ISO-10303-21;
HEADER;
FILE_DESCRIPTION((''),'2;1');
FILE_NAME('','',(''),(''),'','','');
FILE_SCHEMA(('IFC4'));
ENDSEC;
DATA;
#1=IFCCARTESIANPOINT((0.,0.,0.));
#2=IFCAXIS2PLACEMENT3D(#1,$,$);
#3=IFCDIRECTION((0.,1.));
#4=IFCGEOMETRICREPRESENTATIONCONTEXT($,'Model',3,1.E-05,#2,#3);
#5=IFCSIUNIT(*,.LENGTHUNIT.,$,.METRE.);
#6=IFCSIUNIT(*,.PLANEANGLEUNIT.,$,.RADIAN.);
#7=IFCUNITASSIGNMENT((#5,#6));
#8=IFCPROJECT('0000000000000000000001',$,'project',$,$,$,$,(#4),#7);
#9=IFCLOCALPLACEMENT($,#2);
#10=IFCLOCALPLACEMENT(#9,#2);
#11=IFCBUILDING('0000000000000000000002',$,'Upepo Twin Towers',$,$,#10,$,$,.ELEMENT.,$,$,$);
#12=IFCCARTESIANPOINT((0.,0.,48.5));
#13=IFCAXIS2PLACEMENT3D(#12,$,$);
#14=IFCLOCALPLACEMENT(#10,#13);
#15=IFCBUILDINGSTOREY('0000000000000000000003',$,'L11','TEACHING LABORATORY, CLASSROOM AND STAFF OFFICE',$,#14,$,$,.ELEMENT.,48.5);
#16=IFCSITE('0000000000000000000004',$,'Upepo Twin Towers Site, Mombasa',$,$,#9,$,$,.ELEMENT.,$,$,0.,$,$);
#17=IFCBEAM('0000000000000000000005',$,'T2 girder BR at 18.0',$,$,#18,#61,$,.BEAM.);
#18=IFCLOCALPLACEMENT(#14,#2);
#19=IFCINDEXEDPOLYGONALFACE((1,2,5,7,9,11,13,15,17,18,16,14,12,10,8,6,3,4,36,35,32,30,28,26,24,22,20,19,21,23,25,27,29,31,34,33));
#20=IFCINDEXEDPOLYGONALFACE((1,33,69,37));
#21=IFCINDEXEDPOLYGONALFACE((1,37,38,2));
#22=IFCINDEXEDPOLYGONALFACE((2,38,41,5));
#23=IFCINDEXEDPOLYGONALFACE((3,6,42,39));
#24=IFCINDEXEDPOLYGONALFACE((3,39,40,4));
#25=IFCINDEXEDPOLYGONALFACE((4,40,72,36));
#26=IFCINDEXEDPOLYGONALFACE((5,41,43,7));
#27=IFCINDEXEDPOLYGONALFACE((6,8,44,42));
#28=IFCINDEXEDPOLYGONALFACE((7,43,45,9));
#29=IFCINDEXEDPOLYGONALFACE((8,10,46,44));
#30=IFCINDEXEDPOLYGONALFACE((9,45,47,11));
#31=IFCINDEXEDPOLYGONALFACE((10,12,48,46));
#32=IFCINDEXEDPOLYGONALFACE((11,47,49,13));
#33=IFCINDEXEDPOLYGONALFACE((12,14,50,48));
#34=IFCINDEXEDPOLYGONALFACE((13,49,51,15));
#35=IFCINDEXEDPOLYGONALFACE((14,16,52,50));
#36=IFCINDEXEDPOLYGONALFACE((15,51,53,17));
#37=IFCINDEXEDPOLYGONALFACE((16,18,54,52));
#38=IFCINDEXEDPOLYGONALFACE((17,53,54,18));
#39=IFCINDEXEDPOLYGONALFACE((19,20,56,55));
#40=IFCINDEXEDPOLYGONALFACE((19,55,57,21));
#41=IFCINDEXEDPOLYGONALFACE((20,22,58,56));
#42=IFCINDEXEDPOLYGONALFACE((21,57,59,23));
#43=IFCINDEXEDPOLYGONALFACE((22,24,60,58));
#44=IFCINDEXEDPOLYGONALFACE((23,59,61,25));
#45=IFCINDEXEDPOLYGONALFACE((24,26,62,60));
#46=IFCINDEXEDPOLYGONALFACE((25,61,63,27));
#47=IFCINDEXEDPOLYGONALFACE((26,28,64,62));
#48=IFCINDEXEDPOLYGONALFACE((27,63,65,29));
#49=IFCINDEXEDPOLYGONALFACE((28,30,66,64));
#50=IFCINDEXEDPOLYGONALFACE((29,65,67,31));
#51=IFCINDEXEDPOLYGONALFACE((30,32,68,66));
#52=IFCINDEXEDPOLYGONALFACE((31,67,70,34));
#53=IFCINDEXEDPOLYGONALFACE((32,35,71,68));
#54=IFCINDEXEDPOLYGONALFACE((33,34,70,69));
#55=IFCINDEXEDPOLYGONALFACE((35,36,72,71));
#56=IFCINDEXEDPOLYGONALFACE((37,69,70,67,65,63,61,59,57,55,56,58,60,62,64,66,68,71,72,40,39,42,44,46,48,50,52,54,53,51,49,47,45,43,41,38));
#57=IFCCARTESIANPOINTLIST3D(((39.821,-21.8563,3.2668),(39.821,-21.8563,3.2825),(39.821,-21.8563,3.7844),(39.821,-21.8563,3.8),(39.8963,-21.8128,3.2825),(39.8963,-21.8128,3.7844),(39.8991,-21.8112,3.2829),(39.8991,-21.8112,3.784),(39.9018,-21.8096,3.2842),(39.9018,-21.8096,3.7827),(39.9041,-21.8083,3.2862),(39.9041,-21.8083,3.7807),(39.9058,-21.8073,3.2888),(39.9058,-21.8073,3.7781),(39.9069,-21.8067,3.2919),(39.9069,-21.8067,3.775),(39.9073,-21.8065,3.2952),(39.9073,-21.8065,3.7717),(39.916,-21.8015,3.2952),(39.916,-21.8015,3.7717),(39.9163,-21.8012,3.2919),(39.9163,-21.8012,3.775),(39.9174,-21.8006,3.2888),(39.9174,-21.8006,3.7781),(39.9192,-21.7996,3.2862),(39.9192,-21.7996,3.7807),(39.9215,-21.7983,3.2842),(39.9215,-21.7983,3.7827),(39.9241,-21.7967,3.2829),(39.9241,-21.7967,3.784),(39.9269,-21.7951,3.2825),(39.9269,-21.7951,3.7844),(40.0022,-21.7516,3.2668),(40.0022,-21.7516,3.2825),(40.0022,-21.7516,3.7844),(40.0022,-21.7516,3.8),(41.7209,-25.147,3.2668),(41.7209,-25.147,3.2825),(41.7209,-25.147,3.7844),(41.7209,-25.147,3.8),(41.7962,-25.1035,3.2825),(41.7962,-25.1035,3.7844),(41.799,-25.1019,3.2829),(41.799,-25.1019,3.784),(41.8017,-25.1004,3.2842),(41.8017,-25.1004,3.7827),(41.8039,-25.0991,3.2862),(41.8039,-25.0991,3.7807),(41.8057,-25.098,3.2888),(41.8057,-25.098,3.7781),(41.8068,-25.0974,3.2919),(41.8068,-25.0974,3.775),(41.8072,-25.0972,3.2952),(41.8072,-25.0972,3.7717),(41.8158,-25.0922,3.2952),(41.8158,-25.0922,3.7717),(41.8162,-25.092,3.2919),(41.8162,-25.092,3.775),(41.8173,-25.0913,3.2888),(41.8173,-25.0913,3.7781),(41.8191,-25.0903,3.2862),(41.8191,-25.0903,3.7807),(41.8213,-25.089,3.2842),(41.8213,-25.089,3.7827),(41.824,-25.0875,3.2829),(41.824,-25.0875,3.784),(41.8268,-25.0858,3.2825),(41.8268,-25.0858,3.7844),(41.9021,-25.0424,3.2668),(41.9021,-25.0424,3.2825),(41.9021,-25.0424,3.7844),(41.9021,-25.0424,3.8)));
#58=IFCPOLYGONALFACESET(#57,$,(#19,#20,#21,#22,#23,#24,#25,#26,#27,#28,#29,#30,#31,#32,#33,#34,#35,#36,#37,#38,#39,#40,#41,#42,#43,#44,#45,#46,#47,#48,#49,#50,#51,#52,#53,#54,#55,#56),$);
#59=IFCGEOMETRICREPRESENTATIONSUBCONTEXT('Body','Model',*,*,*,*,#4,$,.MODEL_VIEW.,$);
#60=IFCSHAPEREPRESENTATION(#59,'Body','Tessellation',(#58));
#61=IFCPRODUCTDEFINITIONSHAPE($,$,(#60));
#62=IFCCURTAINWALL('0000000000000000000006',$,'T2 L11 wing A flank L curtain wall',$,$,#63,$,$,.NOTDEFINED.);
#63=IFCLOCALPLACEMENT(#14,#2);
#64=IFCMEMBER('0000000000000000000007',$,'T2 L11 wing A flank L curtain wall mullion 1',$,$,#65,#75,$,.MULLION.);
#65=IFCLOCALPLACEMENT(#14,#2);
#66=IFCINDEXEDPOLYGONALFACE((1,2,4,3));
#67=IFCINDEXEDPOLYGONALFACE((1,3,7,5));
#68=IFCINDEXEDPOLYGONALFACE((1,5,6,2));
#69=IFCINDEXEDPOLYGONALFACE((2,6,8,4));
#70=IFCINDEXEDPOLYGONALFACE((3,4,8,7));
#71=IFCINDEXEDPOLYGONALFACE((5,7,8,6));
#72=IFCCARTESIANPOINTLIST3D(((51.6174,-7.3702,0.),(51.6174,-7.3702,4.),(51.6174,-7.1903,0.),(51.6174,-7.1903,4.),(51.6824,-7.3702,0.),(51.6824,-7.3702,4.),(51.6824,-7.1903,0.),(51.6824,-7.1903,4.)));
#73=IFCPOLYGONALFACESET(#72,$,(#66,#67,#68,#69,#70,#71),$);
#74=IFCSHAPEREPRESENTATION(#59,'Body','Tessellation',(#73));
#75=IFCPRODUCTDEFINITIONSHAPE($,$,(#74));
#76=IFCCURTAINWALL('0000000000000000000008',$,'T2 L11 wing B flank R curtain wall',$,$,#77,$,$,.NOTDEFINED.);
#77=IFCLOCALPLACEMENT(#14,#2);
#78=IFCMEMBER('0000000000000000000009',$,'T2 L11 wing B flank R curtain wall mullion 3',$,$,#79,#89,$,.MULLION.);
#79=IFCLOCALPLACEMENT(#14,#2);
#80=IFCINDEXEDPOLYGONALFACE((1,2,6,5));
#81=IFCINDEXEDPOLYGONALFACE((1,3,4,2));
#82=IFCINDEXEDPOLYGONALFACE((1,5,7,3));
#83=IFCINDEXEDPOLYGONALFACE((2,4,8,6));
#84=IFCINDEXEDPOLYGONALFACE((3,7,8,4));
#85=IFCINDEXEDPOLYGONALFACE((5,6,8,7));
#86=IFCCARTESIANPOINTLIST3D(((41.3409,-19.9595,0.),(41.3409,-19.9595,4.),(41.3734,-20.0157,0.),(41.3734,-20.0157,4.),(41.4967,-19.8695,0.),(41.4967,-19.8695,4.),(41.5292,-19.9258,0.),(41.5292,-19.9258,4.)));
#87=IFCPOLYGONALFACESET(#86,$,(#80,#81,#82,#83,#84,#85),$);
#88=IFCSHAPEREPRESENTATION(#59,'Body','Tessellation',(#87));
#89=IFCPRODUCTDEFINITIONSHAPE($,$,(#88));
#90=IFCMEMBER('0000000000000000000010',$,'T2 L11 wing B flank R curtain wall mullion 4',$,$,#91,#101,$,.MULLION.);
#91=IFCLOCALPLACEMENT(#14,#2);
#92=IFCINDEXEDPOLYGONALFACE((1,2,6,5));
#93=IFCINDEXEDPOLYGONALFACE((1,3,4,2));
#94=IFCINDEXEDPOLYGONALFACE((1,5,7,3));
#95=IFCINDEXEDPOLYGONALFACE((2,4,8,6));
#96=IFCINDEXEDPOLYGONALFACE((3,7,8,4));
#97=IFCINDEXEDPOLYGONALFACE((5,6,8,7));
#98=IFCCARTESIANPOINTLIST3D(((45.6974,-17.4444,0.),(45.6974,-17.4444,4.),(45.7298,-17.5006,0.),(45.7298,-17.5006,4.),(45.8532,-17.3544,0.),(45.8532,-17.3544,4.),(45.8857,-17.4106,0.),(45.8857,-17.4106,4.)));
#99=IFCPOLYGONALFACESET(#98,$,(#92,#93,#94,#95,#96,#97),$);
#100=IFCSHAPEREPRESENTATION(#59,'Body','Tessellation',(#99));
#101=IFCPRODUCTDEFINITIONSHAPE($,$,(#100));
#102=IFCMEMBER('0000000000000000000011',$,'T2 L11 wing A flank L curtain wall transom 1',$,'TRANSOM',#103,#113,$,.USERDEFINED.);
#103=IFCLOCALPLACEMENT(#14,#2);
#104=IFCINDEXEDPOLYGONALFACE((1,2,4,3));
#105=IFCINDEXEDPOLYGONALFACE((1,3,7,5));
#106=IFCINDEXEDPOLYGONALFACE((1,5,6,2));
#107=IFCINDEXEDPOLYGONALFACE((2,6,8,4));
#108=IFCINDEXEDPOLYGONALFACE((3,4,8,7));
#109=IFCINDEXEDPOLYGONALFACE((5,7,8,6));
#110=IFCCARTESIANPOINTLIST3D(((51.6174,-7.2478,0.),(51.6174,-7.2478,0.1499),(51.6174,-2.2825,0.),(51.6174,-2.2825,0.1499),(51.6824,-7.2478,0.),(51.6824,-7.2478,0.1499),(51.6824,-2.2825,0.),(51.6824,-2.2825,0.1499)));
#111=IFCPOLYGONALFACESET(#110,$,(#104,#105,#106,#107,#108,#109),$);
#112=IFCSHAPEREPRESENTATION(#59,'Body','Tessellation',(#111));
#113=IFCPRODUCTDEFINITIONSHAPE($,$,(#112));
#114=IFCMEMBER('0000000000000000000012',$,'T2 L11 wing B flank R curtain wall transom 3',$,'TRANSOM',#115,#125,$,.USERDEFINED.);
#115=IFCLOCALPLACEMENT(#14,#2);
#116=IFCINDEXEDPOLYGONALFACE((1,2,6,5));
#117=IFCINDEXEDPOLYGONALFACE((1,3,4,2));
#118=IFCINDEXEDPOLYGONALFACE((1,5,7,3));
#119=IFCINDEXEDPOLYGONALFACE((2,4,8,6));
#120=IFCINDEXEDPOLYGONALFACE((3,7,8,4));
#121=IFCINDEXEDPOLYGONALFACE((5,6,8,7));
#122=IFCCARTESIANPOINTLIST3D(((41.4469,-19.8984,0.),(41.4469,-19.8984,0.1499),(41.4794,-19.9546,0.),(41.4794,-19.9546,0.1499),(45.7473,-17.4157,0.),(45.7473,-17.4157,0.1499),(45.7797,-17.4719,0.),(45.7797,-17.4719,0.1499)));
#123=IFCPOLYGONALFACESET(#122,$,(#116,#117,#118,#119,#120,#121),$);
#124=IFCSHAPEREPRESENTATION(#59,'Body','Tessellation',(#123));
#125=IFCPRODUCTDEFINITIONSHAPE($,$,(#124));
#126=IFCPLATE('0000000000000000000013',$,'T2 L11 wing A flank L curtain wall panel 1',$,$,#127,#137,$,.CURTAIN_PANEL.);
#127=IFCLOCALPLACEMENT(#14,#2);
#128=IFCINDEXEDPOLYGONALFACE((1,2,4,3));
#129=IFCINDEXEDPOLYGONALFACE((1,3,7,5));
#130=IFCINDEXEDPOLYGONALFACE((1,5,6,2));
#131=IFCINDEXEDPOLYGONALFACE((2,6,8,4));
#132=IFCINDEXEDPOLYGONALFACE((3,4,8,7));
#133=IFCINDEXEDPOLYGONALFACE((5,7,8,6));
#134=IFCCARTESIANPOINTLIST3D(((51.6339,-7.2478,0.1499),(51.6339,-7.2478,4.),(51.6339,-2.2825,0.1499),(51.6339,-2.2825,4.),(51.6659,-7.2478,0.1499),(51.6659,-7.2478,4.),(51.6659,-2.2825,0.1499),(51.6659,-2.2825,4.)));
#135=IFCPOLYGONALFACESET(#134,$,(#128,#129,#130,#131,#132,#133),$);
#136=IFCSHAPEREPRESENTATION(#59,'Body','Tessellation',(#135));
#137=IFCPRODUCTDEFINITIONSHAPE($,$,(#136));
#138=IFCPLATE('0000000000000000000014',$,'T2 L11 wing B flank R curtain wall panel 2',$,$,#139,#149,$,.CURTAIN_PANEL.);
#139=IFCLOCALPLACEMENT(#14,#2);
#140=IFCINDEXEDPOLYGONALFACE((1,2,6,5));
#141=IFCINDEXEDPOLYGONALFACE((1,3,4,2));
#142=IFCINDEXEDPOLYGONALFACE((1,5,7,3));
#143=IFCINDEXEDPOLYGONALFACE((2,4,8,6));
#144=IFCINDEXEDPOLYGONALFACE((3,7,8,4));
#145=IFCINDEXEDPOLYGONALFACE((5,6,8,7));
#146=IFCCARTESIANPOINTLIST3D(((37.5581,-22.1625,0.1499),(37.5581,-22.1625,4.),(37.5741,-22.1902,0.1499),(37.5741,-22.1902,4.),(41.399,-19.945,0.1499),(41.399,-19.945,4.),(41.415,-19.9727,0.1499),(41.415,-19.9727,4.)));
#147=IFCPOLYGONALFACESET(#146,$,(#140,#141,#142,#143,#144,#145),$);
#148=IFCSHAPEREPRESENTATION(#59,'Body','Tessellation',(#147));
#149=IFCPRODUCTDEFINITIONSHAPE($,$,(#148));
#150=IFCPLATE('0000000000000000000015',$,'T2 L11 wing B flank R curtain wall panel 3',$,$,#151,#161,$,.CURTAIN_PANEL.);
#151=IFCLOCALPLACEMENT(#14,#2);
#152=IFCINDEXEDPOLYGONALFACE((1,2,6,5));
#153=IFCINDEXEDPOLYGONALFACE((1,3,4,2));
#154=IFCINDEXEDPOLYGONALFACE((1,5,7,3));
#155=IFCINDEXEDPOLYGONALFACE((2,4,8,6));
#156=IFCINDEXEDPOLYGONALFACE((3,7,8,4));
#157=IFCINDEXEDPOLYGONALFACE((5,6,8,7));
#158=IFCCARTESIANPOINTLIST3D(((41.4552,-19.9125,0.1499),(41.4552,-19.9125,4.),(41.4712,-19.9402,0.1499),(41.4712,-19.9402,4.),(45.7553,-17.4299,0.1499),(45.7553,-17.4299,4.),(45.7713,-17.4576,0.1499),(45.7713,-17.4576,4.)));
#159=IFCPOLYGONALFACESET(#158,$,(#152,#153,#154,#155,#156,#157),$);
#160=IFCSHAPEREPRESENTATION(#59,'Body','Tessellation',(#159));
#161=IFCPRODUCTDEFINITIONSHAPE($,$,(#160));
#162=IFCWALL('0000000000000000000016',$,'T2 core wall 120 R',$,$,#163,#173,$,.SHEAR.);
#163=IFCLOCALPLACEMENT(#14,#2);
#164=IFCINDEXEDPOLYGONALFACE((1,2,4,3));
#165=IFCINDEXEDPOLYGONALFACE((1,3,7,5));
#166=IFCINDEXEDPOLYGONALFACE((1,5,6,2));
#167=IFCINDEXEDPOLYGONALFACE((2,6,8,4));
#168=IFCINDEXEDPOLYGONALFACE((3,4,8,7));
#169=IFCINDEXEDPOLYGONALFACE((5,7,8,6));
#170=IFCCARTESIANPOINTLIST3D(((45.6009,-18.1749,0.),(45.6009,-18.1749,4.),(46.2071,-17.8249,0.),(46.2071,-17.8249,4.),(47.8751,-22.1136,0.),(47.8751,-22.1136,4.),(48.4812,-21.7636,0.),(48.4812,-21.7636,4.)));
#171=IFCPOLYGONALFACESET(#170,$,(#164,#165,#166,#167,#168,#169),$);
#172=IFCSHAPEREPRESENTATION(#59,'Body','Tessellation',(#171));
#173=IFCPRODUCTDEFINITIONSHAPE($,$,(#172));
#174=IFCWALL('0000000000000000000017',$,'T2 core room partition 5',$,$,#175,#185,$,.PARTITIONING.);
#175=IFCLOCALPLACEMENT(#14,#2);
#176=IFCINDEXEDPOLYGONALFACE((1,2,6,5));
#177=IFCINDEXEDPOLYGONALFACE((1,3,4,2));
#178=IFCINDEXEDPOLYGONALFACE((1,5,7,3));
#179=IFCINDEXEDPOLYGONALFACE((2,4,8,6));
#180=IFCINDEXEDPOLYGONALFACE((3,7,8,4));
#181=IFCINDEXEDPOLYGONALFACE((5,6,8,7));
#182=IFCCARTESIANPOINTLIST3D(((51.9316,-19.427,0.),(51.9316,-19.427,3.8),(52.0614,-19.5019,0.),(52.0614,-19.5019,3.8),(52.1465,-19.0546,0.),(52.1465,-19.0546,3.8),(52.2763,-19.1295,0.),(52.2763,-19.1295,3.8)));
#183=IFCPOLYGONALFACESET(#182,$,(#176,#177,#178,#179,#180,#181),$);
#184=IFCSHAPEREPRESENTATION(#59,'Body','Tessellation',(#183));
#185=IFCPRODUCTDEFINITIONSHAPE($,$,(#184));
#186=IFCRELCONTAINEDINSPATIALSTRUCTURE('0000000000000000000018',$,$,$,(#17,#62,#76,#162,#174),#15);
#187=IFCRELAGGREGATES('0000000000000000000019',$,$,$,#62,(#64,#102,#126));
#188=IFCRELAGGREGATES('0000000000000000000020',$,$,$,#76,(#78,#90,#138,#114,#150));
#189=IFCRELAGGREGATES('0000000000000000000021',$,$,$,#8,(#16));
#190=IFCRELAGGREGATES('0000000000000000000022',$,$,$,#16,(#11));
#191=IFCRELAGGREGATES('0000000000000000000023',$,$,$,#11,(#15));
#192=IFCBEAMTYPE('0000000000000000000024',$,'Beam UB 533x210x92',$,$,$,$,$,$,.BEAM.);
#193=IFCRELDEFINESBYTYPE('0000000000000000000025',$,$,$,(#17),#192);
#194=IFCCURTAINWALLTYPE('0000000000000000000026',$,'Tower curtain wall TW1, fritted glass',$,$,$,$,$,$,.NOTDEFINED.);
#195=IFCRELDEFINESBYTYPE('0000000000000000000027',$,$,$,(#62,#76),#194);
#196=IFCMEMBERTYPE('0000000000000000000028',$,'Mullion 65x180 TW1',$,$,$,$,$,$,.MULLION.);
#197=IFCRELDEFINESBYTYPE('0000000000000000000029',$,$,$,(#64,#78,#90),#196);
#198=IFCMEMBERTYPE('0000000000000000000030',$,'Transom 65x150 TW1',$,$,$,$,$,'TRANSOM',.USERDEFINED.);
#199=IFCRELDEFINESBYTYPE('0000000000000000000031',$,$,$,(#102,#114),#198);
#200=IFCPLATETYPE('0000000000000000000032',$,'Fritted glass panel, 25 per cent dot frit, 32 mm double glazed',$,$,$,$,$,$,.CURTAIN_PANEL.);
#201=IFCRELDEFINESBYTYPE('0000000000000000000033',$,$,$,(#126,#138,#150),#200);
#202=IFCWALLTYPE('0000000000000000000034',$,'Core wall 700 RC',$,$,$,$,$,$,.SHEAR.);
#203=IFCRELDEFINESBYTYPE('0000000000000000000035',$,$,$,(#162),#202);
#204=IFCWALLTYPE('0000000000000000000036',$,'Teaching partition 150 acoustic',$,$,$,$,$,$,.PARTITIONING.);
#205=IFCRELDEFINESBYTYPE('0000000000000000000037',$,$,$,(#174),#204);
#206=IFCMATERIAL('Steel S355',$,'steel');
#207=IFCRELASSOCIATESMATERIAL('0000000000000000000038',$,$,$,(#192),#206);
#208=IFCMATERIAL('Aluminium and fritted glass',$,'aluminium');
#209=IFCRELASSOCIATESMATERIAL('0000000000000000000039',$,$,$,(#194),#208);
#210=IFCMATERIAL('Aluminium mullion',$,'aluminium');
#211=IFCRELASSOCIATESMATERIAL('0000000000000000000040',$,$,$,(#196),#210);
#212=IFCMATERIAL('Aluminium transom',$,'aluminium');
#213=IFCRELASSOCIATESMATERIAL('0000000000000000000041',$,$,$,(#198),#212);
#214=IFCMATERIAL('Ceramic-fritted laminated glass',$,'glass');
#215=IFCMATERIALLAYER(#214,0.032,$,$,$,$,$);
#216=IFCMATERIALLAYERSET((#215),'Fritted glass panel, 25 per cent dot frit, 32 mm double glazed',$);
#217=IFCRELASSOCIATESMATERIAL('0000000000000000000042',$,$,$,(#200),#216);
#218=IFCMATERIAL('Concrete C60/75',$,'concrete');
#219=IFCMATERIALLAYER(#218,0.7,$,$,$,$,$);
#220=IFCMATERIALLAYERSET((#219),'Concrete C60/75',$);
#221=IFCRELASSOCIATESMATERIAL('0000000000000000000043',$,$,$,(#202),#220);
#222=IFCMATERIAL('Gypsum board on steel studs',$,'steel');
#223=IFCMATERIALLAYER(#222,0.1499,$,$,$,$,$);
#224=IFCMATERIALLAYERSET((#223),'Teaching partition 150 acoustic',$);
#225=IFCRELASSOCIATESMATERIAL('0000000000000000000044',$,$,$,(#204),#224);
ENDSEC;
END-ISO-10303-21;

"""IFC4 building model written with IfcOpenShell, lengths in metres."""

from ifc_helpers import new_model, si_unit, direction, frame, frame_2d, origin, origin_2d, place, context, subcontext, project, spatial, rectangle, i_section, extrude, material, layer, layer_set, material_profile, profile_set, type_object, element, aggregate, save


model = new_model("IFC4")

# Units and contexts
model_context = context("Model", 3, precision=1e-05, world=origin(), true_north=direction((0.0, 1.0)))
body_context = subcontext(model_context, "Body", "Model", "MODEL_VIEW")
ifc_project = project(units=[si_unit("LENGTHUNIT", "METRE"), si_unit("PLANEANGLEUNIT", "RADIAN")], contexts=[model_context])

# Site, building, storey
site_placement = place(None, origin())
site = spatial("IfcSite", under=ifc_project, at=site_placement, Name="Upepo Twin Towers Site, Mombasa", CompositionType="ELEMENT", RefElevation=0.0)
building_placement = place(site_placement, origin())
building = spatial("IfcBuilding", under=site, at=building_placement, Name="Upepo Twin Towers", CompositionType="ELEMENT")
storey_placement = place(building_placement, frame((0.0, 0.0, 48.5)))
storey = spatial("IfcBuildingStorey", under=building, at=storey_placement, Name="L11", Description="TEACHING LABORATORY, CLASSROOM AND STAFF OFFICE", CompositionType="ELEMENT", Elevation=48.5)

# Beam
ifc_material_1 = material(Name="Steel S355", Category="steel")
ifc_material_profile_1 = material_profile(ifc_material_1, i_section(OverallWidth=0.2092, OverallDepth=0.5332, WebThickness=0.01, FlangeThickness=0.0156, FilletRadius=0.0127, at=origin_2d()), Name="UB 533x210x92")
ifc_profile_set_1 = profile_set([ifc_material_profile_1], Name="Steel S355")
beam_type_1 = type_object("IfcBeamType", Name="Beam UB 533x210x92", PredefinedType="BEAM", material=ifc_profile_set_1)
beam_1_placement = place(storey_placement, frame((39.9116, -21.804, 3.5334), z_axis=(0.499995, -0.866028, 0.0), x_axis=(0.866028, 0.499995, 0.0)))
element("IfcBeam", 1, at=beam_1_placement, inside=storey, type_object=beam_type_1, Name="T2 girder BR at 18.0", PredefinedType="BEAM", context=body_context, shape_type="SweptSolid", body=[
    extrude(i_section(OverallWidth=0.2092, OverallDepth=0.5332, WebThickness=0.01, FlangeThickness=0.0156, FilletRadius=0.0127, at=origin_2d()), origin(), (0.0, 0.0, 1.0), 3.7998),
])

# Curtain wall, member
ifc_material_2 = material(Name="Aluminium and fritted glass", Category="aluminium")
curtain_wall_type = type_object("IfcCurtainWallType", Name="Tower curtain wall TW1, fritted glass", PredefinedType="NOTDEFINED", material=ifc_material_2)
curtain_wall_1_placement = place(storey_placement, origin())
curtain_wall_1 = element("IfcCurtainWall", 2, at=curtain_wall_1_placement, inside=storey, type_object=curtain_wall_type, Name="T2 L11 wing A flank L curtain wall", PredefinedType="NOTDEFINED")
ifc_material_3 = material(Name="Aluminium mullion", Category="aluminium")
ifc_material_profile_2 = material_profile(ifc_material_3, rectangle(XDim=0.0649, YDim=0.1799, at=origin_2d()), Name="MULLION 65x180")
ifc_profile_set_2 = profile_set([ifc_material_profile_2], Name="Aluminium mullion")
member_type_1 = type_object("IfcMemberType", Name="Mullion 65x180 TW1", PredefinedType="MULLION", material=ifc_profile_set_2)
member_1_placement = place(storey_placement, frame((51.6499, -7.2803, 0.0), z_axis=(0.0, 0.0, 1.0), x_axis=(-1.0, 0.0, 0.0)))
member_1 = element("IfcMember", 3, at=member_1_placement, type_object=member_type_1, Name="T2 L11 wing A flank L curtain wall mullion 1", PredefinedType="MULLION", context=body_context, shape_type="SweptSolid", body=[
    extrude(rectangle(XDim=0.0649, YDim=0.1799, at=origin_2d()), origin(), (0.0, 0.0, 1.0), 4.0),
])

# Curtain wall, members
curtain_wall_2_placement = place(storey_placement, origin())
curtain_wall_2 = element("IfcCurtainWall", 4, at=curtain_wall_2_placement, inside=storey, type_object=curtain_wall_type, Name="T2 L11 wing B flank R curtain wall", PredefinedType="NOTDEFINED")
member_2_placement = place(storey_placement, frame((41.4351, -19.9426, 0.0), z_axis=(0.0, 0.0, 1.0), x_axis=(-0.5, 0.866025, 0.0)))
member_2 = element("IfcMember", 5, at=member_2_placement, type_object=member_type_1, Name="T2 L11 wing B flank R curtain wall mullion 3", PredefinedType="MULLION", context=body_context, shape_type="SweptSolid", body=[
    extrude(rectangle(XDim=0.0649, YDim=0.1799, at=origin_2d()), origin(), (0.0, 0.0, 1.0), 4.0),
])
member_3_placement = place(storey_placement, frame((45.7915, -17.4275, 0.0), z_axis=(0.0, 0.0, 1.0), x_axis=(-0.5, 0.866025, 0.0)))
member_3 = element("IfcMember", 6, at=member_3_placement, type_object=member_type_1, Name="T2 L11 wing B flank R curtain wall mullion 4", PredefinedType="MULLION", context=body_context, shape_type="SweptSolid", body=[
    extrude(rectangle(XDim=0.0649, YDim=0.1799, at=origin_2d()), origin(), (0.0, 0.0, 1.0), 4.0),
])

# Members
ifc_material_4 = material(Name="Aluminium transom", Category="aluminium")
ifc_material_profile_3 = material_profile(ifc_material_4, rectangle(XDim=0.0649, YDim=0.1499, at=origin_2d()), Name="TRANSOM 65x150")
ifc_profile_set_3 = profile_set([ifc_material_profile_3], Name="Aluminium transom")
member_type_2 = type_object("IfcMemberType", Name="Transom 65x150 TW1", ElementType="TRANSOM", PredefinedType="USERDEFINED", material=ifc_profile_set_3)
member_4_placement = place(storey_placement, frame((51.6499, -7.2478, 0.075), z_axis=(0.0, 1.0, 0.0), x_axis=(-1.0, 0.0, 0.0)))
member_4 = element("IfcMember", 7, at=member_4_placement, type_object=member_type_2, Name="T2 L11 wing A flank L curtain wall transom 1", ObjectType="TRANSOM", PredefinedType="USERDEFINED", context=body_context, shape_type="SweptSolid", body=[
    extrude(rectangle(XDim=0.0649, YDim=0.1499, at=origin_2d()), origin(), (0.0, 0.0, 1.0), 4.9653),
])
member_5_placement = place(storey_placement, frame((41.4631, -19.9265, 0.075), z_axis=(0.866035, 0.499983, 0.0), x_axis=(-0.499983, 0.866035, 0.0)))
member_5 = element("IfcMember", 8, at=member_5_placement, type_object=member_type_2, Name="T2 L11 wing B flank R curtain wall transom 3", ObjectType="TRANSOM", PredefinedType="USERDEFINED", context=body_context, shape_type="SweptSolid", body=[
    extrude(rectangle(XDim=0.0649, YDim=0.1499, at=origin_2d()), origin(), (0.0, 0.0, 1.0), 4.9656),
])

# Plates
ifc_material_5 = material(Name="Ceramic-fritted laminated glass", Category="glass")
ifc_layer_1 = layer(ifc_material_5, 0.032)
ifc_layer_set_1 = layer_set([ifc_layer_1], Name="Fritted glass panel, 25 per cent dot frit, 32 mm double glazed")
plate_type = type_object("IfcPlateType", Name="Fritted glass panel, 25 per cent dot frit, 32 mm double glazed", PredefinedType="CURTAIN_PANEL", material=ifc_layer_set_1)
plate_1_placement = place(storey_placement, frame((51.6499, -4.7651, 0.1499), z_axis=(0.0, 0.0, 1.0), x_axis=(0.0, 1.0, 0.0)))
plate_1 = element("IfcPlate", 9, at=plate_1_placement, type_object=plate_type, Name="T2 L11 wing A flank L curtain wall panel 1", PredefinedType="CURTAIN_PANEL", context=body_context, shape_type="SweptSolid", body=[
    extrude(rectangle(XDim=4.9653, YDim=0.032, at=origin_2d()), origin(), (0.0, 0.0, 1.0), 3.8501),
])
aggregate(curtain_wall_1, [member_1, member_4, plate_1])
plate_2_placement = place(storey_placement, frame((39.4866, -21.0676, 0.1499), z_axis=(0.0, 0.0, 1.0), x_axis=(0.866025, 0.5, 0.0)))
plate_2 = element("IfcPlate", 10, at=plate_2_placement, type_object=plate_type, Name="T2 L11 wing B flank R curtain wall panel 2", PredefinedType="CURTAIN_PANEL", context=body_context, shape_type="SweptSolid", body=[
    extrude(rectangle(XDim=4.4351, YDim=0.032, at=origin_2d()), origin(), (0.0, 0.0, 1.0), 3.8501),
])
plate_3_placement = place(storey_placement, frame((43.6133, -18.6851, 0.1499), z_axis=(0.0, 0.0, 1.0), x_axis=(0.866025, 0.5, 0.0)))
plate_3 = element("IfcPlate", 11, at=plate_3_placement, type_object=plate_type, Name="T2 L11 wing B flank R curtain wall panel 3", PredefinedType="CURTAIN_PANEL", context=body_context, shape_type="SweptSolid", body=[
    extrude(rectangle(XDim=4.9653, YDim=0.032, at=origin_2d()), origin(), (0.0, 0.0, 1.0), 3.8501),
])
aggregate(curtain_wall_2, [member_2, member_3, plate_2, member_5, plate_3])

# Walls
ifc_material_6 = material(Name="Concrete C60/75", Category="concrete")
ifc_layer_2 = layer(ifc_material_6, 0.7)
ifc_layer_set_2 = layer_set([ifc_layer_2], Name="Concrete C60/75")
wall_type_1 = type_object("IfcWallType", Name="Core wall 700 RC", PredefinedType="SHEAR", material=ifc_layer_set_2)
wall_1_placement = place(storey_placement, frame((45.9041, -18.0, 0.0), z_axis=(0.0, 0.0, 1.0), x_axis=(0.500024, -0.866011, 0.0)))
element("IfcWall", 12, at=wall_1_placement, inside=storey, type_object=wall_type_1, Name="T2 core wall 120 R", PredefinedType="SHEAR", context=body_context, shape_type="SweptSolid", body=[
    extrude(rectangle(XDim=4.5481, YDim=0.7, at=frame_2d((2.2739, 0.0))), origin(), (0.0, 0.0, 1.0), 4.0),
])
ifc_material_7 = material(Name="Gypsum board on steel studs", Category="steel")
ifc_layer_3 = layer(ifc_material_7, 0.1499)
ifc_layer_set_3 = layer_set([ifc_layer_3], Name="Teaching partition 150 acoustic")
wall_type_2 = type_object("IfcWallType", Name="Teaching partition 150 acoustic", PredefinedType="PARTITIONING", material=ifc_layer_set_3)
wall_2_placement = place(storey_placement, frame((51.9966, -19.4644, 0.0), z_axis=(0.0, 0.0, 1.0), x_axis=(0.499804, 0.866138, 0.0)))
element("IfcWall", 13, at=wall_2_placement, inside=storey, type_object=wall_type_2, Name="T2 core room partition 5", PredefinedType="PARTITIONING", context=body_context, shape_type="SweptSolid", body=[
    extrude(rectangle(XDim=0.4299, YDim=0.1499, at=frame_2d((0.2148, 0.0))), origin(), (0.0, 0.0, 1.0), 3.8),
])

save(model, "model.ifc")
